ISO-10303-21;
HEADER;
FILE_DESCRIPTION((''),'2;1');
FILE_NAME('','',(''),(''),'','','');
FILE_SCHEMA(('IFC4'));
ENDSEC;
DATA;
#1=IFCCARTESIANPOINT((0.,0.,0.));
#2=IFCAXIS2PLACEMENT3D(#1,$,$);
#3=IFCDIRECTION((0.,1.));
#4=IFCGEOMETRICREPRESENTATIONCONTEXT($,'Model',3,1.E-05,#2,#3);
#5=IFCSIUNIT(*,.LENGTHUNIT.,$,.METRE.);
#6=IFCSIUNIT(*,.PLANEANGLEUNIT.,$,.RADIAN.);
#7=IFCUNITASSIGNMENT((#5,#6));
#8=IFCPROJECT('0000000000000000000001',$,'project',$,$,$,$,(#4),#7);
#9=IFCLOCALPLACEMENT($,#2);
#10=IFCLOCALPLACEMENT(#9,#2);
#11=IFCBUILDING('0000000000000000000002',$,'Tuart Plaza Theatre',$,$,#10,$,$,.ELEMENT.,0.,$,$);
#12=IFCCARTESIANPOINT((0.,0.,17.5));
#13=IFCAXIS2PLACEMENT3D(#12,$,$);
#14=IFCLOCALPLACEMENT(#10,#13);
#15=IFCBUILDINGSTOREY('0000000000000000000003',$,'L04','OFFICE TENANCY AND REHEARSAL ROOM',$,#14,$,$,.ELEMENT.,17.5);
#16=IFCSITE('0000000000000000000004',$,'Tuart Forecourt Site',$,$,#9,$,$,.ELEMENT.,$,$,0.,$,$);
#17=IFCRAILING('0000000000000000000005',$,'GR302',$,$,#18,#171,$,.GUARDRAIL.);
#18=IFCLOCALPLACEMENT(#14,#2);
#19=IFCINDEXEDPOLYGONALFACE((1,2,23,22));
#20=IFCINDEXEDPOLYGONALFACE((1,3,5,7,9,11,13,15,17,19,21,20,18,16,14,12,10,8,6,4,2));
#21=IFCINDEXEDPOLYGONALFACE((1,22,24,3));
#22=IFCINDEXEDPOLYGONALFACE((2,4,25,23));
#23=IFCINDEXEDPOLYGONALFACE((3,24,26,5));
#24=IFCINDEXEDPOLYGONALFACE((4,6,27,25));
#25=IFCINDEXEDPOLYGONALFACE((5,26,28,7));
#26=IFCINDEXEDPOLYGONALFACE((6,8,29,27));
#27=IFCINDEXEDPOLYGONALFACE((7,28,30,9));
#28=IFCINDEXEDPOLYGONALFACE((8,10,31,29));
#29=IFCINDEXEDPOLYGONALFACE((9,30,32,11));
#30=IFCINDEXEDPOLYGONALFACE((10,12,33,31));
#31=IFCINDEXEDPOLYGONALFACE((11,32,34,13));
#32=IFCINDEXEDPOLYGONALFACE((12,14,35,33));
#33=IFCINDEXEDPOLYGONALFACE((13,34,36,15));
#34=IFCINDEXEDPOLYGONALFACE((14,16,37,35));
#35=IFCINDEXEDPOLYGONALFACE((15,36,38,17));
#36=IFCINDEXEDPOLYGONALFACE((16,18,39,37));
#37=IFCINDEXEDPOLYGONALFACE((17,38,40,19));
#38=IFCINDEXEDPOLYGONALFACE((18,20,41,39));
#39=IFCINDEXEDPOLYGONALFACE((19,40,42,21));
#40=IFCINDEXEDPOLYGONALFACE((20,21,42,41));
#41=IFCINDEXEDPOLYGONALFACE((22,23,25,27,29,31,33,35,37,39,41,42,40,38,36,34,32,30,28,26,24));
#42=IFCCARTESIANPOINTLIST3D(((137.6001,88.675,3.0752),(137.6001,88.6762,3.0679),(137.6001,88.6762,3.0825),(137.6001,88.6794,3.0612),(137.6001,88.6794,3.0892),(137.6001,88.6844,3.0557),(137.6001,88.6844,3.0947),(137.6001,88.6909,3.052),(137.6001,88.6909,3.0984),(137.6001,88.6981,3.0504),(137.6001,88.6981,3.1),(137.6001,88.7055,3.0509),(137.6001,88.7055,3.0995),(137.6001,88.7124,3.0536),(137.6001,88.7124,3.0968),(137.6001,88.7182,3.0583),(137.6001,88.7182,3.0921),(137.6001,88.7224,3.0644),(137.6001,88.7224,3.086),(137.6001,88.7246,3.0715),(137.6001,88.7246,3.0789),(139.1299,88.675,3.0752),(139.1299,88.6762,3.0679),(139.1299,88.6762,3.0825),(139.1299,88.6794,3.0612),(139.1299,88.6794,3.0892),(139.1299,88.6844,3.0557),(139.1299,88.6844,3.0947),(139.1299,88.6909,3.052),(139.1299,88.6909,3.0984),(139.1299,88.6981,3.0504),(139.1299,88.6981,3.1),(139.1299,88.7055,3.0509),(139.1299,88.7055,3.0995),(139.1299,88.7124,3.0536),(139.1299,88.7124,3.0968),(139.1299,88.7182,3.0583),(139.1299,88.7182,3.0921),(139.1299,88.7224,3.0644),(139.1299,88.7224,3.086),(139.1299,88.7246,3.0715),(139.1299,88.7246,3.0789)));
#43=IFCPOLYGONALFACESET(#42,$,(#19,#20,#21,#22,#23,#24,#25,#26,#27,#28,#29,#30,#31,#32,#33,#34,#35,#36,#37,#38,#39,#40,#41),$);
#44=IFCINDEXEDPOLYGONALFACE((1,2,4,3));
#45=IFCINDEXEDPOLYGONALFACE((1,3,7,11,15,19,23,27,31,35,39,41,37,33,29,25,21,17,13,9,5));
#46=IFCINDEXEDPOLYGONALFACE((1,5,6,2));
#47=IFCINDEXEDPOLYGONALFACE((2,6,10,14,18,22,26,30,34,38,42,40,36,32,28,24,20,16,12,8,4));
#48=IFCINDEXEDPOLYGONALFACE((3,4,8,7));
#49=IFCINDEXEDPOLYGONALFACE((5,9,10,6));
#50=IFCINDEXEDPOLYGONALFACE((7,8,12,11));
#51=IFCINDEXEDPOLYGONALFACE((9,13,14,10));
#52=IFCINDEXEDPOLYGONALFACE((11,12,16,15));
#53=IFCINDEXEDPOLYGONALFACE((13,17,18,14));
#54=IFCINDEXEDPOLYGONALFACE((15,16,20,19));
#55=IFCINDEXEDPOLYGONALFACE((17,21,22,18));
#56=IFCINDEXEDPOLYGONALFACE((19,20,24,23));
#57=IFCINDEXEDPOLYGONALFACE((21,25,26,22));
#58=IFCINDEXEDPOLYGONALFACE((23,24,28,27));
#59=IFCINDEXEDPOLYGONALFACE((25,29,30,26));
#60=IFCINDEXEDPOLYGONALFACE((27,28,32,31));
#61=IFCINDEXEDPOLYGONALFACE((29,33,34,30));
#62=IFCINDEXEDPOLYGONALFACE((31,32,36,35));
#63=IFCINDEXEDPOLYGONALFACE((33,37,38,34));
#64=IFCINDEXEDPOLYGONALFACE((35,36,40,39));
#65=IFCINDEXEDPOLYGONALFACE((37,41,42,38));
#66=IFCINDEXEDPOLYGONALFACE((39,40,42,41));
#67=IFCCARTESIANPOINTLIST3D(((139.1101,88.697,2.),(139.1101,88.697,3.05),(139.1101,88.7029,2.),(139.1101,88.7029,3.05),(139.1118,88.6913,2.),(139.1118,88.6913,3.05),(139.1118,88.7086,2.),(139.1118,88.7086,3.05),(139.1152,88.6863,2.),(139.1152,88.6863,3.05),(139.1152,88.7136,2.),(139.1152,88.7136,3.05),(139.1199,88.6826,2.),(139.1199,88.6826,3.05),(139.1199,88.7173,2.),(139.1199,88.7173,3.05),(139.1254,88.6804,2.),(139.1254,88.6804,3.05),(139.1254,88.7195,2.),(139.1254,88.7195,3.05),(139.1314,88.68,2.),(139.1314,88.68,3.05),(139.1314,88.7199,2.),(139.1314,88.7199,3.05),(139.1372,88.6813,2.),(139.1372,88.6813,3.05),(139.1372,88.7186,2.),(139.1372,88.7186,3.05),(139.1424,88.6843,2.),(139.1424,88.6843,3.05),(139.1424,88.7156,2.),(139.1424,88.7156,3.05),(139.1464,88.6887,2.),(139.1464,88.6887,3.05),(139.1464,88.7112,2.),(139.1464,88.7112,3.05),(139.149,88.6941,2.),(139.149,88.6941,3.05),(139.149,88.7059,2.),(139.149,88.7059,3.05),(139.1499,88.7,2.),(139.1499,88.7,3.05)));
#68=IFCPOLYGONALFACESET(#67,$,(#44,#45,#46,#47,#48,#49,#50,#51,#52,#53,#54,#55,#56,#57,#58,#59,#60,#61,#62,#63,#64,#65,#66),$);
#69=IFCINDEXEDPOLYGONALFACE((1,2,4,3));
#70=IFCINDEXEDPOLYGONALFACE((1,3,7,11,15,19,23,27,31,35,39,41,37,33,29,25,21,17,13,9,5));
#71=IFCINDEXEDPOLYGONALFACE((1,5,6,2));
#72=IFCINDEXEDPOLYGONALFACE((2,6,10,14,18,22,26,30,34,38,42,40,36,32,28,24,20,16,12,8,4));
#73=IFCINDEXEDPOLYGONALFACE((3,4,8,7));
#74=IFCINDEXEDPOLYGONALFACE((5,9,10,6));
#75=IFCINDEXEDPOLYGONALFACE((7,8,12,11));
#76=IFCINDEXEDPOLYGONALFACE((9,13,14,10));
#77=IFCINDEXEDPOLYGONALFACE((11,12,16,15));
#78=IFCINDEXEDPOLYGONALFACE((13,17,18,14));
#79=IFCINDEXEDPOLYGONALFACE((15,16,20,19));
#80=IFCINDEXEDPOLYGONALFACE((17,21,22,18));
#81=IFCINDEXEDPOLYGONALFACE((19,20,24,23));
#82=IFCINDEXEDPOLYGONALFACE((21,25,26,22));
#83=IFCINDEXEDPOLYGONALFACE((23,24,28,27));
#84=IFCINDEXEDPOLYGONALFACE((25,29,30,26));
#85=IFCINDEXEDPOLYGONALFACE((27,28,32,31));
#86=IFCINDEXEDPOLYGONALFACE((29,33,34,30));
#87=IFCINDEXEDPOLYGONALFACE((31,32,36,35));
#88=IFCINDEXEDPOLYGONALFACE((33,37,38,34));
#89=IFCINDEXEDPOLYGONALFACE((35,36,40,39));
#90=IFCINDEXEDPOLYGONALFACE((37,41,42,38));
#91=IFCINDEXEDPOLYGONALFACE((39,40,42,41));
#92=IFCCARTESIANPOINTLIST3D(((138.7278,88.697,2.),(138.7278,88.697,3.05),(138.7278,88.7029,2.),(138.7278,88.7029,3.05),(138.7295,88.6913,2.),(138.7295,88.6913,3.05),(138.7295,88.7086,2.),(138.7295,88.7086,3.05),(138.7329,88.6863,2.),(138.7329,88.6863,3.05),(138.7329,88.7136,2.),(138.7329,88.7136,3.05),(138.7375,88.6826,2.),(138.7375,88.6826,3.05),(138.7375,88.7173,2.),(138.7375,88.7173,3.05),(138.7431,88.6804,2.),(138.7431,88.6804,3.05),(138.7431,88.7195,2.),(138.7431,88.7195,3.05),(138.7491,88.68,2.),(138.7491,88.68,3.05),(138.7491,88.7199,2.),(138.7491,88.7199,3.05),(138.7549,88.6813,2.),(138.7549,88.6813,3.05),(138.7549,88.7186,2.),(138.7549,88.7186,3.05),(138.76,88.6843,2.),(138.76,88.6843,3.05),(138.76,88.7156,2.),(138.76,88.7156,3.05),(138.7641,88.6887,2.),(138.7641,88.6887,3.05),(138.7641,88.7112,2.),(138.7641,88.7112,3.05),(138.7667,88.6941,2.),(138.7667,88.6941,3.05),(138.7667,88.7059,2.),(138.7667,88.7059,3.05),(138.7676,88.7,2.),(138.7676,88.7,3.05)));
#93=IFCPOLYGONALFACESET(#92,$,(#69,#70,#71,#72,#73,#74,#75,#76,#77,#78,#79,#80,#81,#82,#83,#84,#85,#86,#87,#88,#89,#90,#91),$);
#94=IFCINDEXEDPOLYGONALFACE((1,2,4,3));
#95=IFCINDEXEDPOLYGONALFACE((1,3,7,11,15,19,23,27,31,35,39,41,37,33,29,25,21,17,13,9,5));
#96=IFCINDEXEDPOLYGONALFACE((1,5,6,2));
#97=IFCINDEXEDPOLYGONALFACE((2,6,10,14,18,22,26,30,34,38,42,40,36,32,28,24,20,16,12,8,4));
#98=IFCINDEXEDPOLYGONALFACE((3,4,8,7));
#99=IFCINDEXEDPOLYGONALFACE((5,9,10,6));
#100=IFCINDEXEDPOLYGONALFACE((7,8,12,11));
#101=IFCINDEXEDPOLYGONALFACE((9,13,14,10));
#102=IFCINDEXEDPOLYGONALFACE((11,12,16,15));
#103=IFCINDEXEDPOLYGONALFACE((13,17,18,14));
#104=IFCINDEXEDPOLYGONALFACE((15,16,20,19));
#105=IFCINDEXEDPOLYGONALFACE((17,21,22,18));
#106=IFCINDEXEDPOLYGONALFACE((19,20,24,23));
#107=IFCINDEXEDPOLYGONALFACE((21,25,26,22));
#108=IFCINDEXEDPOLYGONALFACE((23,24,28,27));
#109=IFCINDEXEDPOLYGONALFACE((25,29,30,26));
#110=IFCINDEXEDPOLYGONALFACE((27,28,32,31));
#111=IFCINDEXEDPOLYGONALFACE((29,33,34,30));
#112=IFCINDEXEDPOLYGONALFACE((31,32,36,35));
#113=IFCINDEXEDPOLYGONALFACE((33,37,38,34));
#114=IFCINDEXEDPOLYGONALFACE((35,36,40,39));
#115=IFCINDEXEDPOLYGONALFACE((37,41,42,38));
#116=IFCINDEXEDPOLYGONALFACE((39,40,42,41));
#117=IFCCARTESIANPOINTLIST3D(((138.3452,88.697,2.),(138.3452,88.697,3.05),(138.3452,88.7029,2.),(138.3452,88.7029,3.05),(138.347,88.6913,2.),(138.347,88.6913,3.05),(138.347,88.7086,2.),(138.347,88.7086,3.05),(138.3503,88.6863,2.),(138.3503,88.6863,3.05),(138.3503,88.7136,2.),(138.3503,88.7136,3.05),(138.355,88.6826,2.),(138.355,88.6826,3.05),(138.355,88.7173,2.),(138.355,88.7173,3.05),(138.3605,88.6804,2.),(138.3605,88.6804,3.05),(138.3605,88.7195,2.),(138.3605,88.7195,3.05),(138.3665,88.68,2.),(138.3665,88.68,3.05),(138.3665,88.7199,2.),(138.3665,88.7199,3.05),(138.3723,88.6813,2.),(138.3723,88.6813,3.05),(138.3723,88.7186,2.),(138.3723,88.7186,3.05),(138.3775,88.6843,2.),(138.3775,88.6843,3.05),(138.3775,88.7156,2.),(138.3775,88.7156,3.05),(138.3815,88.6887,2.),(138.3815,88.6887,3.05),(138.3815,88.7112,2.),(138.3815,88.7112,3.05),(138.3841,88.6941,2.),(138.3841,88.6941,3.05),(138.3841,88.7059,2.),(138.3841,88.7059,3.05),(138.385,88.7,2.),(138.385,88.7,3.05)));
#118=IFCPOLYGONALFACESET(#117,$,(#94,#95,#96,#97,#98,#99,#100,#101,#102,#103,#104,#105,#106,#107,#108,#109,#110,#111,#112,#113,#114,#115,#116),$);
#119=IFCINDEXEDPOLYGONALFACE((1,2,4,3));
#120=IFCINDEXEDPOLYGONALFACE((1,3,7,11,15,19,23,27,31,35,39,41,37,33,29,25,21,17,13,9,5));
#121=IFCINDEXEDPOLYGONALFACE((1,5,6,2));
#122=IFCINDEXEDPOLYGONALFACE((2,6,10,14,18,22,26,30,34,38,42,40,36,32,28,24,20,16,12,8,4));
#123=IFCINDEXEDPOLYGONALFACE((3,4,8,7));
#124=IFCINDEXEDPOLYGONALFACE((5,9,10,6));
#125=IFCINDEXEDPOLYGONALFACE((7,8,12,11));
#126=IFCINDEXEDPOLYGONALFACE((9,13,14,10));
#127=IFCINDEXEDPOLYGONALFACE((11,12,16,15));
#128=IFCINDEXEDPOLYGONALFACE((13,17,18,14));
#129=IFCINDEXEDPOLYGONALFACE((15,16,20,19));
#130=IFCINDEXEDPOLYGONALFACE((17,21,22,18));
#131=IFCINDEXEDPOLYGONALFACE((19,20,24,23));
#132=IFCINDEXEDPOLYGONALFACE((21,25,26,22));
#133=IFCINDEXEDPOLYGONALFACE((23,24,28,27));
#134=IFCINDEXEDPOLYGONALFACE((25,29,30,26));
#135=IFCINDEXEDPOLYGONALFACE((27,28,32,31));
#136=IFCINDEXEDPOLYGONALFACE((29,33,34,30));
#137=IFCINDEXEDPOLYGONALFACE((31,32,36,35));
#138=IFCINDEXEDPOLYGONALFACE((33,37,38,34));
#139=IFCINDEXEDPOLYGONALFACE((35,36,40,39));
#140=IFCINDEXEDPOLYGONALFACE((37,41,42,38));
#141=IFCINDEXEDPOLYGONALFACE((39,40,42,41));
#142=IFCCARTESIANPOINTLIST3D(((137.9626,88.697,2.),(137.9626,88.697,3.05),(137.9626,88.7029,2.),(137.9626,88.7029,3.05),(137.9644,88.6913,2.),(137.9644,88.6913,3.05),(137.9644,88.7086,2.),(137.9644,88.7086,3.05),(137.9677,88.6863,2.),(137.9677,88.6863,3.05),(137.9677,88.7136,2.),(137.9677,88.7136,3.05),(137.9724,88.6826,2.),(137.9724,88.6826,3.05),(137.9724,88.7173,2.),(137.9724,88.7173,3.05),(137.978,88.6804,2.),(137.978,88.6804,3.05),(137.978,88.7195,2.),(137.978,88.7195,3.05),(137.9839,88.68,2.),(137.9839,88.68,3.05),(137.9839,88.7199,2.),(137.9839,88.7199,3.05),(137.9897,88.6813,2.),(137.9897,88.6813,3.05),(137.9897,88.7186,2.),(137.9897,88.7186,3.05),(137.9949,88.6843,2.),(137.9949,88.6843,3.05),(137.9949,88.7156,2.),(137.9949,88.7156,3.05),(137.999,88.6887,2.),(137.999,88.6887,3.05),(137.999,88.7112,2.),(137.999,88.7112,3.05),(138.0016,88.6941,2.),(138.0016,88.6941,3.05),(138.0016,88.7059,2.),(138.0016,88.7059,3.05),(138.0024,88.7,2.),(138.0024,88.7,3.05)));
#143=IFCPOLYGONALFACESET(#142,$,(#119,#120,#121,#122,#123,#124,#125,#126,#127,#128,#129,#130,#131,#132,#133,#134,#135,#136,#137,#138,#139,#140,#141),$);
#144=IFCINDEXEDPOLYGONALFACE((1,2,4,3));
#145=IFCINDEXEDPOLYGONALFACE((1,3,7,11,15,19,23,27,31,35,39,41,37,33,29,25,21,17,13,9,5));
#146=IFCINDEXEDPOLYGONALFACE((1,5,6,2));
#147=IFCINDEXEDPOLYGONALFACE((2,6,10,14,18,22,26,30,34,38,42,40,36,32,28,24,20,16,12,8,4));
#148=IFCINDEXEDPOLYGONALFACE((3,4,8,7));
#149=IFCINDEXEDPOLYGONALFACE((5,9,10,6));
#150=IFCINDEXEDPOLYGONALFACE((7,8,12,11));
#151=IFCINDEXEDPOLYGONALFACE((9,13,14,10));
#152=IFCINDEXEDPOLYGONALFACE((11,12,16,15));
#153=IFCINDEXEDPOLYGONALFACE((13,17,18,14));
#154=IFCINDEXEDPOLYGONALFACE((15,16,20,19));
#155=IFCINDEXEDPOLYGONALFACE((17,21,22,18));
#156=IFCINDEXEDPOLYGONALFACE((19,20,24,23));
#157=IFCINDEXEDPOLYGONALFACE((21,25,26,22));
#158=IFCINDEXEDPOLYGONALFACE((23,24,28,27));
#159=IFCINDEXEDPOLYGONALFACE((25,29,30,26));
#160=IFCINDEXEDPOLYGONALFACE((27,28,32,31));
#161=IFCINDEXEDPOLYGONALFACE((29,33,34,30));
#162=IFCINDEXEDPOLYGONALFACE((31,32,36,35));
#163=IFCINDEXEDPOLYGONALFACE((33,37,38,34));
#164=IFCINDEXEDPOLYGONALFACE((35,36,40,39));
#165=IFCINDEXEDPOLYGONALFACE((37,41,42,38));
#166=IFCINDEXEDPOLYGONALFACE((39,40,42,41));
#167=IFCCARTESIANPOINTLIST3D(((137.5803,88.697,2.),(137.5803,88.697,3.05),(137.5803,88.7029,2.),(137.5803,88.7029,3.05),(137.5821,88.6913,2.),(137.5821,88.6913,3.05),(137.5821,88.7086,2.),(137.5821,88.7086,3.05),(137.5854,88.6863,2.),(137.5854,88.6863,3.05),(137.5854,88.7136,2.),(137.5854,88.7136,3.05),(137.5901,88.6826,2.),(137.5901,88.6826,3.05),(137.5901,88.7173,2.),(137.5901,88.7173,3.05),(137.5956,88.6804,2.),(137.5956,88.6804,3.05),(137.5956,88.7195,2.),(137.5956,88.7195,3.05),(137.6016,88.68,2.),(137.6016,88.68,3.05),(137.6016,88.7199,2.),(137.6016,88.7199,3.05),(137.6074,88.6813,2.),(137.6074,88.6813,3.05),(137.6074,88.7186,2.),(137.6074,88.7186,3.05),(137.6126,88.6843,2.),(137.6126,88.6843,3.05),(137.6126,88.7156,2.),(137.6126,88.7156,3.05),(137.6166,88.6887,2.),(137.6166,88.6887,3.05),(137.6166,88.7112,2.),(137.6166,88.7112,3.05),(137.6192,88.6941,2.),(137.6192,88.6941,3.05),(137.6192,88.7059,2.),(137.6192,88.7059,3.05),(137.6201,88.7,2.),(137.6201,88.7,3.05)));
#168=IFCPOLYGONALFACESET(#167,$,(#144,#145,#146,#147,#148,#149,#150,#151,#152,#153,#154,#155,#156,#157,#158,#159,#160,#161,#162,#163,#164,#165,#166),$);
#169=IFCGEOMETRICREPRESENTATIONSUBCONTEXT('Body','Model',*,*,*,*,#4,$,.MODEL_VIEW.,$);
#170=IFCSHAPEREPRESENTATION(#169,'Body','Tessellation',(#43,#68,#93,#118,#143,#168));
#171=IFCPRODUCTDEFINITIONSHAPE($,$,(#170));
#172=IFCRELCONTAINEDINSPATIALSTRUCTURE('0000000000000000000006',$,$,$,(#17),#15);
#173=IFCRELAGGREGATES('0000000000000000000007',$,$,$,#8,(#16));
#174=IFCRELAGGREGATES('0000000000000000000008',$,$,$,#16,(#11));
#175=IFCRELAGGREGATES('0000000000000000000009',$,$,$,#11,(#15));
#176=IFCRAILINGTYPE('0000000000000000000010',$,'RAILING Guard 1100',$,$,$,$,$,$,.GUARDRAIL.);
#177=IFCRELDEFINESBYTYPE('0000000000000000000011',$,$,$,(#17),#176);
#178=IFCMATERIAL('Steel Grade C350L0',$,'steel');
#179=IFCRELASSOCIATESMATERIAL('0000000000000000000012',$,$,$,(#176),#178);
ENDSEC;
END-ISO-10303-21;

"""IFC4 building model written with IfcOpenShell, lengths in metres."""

from ifc_helpers import new_model, si_unit, direction, frame, origin, origin_2d, place, context, subcontext, project, spatial, circle, extrude, material, type_object, element, save


model = new_model("IFC4")

# Units and contexts
model_context = context("Model", 3, precision=1e-05, world=origin(), true_north=direction((0.0, 1.0)))
body_context = subcontext(model_context, "Body", "Model", "MODEL_VIEW")
ifc_project = project(units=[si_unit("LENGTHUNIT", "METRE"), si_unit("PLANEANGLEUNIT", "RADIAN")], contexts=[model_context])

# Site, building, storey
site_placement = place(None, origin())
site = spatial("IfcSite", under=ifc_project, at=site_placement, Name="Tuart Forecourt Site", CompositionType="ELEMENT", RefElevation=0.0)
building_placement = place(site_placement, origin())
building = spatial("IfcBuilding", under=site, at=building_placement, Name="Tuart Plaza Theatre", CompositionType="ELEMENT", ElevationOfRefHeight=0.0)
storey_placement = place(building_placement, frame((0.0, 0.0, 17.5)))
storey = spatial("IfcBuildingStorey", under=building, at=storey_placement, Name="L04", Description="OFFICE TENANCY AND REHEARSAL ROOM", CompositionType="ELEMENT", Elevation=17.5)

# Railing
ifc_material_1 = material(Name="Steel Grade C350L0", Category="steel")
railing_type_1 = type_object("IfcRailingType", Name="RAILING Guard 1100", PredefinedType="GUARDRAIL", material=ifc_material_1)
railing_1_placement = place(storey_placement, frame((139.1299, 88.7, 2.0)))
element("IfcRailing", 1, at=railing_1_placement, inside=storey, type_object=railing_type_1, Name="GR302", PredefinedType="GUARDRAIL", context=body_context, shape_type="SweptSolid", body=[
    extrude(circle(Radius=0.0249, at=origin_2d()), frame((0.0, 0.0, 1.0752), z_axis=(-1.0, 0.0, 0.0), x_axis=(0.0, -1.0, 0.0)), (0.0, 0.0, 1.0), 1.5298),
    extrude(circle(Radius=0.02, at=origin_2d()), origin(), (0.0, 0.0, 1.0), 1.05),
    extrude(circle(Radius=0.02, at=origin_2d()), frame((-0.3823, 0.0, 0.0)), (0.0, 0.0, 1.0), 1.05),
    extrude(circle(Radius=0.02, at=origin_2d()), frame((-0.7649, 0.0, 0.0)), (0.0, 0.0, 1.0), 1.05),
    extrude(circle(Radius=0.02, at=origin_2d()), frame((-1.1475, 0.0, 0.0)), (0.0, 0.0, 1.0), 1.05),
    extrude(circle(Radius=0.02, at=origin_2d()), frame((-1.5298, 0.0, 0.0)), (0.0, 0.0, 1.0), 1.05),
])

save(model, "model.ifc")
